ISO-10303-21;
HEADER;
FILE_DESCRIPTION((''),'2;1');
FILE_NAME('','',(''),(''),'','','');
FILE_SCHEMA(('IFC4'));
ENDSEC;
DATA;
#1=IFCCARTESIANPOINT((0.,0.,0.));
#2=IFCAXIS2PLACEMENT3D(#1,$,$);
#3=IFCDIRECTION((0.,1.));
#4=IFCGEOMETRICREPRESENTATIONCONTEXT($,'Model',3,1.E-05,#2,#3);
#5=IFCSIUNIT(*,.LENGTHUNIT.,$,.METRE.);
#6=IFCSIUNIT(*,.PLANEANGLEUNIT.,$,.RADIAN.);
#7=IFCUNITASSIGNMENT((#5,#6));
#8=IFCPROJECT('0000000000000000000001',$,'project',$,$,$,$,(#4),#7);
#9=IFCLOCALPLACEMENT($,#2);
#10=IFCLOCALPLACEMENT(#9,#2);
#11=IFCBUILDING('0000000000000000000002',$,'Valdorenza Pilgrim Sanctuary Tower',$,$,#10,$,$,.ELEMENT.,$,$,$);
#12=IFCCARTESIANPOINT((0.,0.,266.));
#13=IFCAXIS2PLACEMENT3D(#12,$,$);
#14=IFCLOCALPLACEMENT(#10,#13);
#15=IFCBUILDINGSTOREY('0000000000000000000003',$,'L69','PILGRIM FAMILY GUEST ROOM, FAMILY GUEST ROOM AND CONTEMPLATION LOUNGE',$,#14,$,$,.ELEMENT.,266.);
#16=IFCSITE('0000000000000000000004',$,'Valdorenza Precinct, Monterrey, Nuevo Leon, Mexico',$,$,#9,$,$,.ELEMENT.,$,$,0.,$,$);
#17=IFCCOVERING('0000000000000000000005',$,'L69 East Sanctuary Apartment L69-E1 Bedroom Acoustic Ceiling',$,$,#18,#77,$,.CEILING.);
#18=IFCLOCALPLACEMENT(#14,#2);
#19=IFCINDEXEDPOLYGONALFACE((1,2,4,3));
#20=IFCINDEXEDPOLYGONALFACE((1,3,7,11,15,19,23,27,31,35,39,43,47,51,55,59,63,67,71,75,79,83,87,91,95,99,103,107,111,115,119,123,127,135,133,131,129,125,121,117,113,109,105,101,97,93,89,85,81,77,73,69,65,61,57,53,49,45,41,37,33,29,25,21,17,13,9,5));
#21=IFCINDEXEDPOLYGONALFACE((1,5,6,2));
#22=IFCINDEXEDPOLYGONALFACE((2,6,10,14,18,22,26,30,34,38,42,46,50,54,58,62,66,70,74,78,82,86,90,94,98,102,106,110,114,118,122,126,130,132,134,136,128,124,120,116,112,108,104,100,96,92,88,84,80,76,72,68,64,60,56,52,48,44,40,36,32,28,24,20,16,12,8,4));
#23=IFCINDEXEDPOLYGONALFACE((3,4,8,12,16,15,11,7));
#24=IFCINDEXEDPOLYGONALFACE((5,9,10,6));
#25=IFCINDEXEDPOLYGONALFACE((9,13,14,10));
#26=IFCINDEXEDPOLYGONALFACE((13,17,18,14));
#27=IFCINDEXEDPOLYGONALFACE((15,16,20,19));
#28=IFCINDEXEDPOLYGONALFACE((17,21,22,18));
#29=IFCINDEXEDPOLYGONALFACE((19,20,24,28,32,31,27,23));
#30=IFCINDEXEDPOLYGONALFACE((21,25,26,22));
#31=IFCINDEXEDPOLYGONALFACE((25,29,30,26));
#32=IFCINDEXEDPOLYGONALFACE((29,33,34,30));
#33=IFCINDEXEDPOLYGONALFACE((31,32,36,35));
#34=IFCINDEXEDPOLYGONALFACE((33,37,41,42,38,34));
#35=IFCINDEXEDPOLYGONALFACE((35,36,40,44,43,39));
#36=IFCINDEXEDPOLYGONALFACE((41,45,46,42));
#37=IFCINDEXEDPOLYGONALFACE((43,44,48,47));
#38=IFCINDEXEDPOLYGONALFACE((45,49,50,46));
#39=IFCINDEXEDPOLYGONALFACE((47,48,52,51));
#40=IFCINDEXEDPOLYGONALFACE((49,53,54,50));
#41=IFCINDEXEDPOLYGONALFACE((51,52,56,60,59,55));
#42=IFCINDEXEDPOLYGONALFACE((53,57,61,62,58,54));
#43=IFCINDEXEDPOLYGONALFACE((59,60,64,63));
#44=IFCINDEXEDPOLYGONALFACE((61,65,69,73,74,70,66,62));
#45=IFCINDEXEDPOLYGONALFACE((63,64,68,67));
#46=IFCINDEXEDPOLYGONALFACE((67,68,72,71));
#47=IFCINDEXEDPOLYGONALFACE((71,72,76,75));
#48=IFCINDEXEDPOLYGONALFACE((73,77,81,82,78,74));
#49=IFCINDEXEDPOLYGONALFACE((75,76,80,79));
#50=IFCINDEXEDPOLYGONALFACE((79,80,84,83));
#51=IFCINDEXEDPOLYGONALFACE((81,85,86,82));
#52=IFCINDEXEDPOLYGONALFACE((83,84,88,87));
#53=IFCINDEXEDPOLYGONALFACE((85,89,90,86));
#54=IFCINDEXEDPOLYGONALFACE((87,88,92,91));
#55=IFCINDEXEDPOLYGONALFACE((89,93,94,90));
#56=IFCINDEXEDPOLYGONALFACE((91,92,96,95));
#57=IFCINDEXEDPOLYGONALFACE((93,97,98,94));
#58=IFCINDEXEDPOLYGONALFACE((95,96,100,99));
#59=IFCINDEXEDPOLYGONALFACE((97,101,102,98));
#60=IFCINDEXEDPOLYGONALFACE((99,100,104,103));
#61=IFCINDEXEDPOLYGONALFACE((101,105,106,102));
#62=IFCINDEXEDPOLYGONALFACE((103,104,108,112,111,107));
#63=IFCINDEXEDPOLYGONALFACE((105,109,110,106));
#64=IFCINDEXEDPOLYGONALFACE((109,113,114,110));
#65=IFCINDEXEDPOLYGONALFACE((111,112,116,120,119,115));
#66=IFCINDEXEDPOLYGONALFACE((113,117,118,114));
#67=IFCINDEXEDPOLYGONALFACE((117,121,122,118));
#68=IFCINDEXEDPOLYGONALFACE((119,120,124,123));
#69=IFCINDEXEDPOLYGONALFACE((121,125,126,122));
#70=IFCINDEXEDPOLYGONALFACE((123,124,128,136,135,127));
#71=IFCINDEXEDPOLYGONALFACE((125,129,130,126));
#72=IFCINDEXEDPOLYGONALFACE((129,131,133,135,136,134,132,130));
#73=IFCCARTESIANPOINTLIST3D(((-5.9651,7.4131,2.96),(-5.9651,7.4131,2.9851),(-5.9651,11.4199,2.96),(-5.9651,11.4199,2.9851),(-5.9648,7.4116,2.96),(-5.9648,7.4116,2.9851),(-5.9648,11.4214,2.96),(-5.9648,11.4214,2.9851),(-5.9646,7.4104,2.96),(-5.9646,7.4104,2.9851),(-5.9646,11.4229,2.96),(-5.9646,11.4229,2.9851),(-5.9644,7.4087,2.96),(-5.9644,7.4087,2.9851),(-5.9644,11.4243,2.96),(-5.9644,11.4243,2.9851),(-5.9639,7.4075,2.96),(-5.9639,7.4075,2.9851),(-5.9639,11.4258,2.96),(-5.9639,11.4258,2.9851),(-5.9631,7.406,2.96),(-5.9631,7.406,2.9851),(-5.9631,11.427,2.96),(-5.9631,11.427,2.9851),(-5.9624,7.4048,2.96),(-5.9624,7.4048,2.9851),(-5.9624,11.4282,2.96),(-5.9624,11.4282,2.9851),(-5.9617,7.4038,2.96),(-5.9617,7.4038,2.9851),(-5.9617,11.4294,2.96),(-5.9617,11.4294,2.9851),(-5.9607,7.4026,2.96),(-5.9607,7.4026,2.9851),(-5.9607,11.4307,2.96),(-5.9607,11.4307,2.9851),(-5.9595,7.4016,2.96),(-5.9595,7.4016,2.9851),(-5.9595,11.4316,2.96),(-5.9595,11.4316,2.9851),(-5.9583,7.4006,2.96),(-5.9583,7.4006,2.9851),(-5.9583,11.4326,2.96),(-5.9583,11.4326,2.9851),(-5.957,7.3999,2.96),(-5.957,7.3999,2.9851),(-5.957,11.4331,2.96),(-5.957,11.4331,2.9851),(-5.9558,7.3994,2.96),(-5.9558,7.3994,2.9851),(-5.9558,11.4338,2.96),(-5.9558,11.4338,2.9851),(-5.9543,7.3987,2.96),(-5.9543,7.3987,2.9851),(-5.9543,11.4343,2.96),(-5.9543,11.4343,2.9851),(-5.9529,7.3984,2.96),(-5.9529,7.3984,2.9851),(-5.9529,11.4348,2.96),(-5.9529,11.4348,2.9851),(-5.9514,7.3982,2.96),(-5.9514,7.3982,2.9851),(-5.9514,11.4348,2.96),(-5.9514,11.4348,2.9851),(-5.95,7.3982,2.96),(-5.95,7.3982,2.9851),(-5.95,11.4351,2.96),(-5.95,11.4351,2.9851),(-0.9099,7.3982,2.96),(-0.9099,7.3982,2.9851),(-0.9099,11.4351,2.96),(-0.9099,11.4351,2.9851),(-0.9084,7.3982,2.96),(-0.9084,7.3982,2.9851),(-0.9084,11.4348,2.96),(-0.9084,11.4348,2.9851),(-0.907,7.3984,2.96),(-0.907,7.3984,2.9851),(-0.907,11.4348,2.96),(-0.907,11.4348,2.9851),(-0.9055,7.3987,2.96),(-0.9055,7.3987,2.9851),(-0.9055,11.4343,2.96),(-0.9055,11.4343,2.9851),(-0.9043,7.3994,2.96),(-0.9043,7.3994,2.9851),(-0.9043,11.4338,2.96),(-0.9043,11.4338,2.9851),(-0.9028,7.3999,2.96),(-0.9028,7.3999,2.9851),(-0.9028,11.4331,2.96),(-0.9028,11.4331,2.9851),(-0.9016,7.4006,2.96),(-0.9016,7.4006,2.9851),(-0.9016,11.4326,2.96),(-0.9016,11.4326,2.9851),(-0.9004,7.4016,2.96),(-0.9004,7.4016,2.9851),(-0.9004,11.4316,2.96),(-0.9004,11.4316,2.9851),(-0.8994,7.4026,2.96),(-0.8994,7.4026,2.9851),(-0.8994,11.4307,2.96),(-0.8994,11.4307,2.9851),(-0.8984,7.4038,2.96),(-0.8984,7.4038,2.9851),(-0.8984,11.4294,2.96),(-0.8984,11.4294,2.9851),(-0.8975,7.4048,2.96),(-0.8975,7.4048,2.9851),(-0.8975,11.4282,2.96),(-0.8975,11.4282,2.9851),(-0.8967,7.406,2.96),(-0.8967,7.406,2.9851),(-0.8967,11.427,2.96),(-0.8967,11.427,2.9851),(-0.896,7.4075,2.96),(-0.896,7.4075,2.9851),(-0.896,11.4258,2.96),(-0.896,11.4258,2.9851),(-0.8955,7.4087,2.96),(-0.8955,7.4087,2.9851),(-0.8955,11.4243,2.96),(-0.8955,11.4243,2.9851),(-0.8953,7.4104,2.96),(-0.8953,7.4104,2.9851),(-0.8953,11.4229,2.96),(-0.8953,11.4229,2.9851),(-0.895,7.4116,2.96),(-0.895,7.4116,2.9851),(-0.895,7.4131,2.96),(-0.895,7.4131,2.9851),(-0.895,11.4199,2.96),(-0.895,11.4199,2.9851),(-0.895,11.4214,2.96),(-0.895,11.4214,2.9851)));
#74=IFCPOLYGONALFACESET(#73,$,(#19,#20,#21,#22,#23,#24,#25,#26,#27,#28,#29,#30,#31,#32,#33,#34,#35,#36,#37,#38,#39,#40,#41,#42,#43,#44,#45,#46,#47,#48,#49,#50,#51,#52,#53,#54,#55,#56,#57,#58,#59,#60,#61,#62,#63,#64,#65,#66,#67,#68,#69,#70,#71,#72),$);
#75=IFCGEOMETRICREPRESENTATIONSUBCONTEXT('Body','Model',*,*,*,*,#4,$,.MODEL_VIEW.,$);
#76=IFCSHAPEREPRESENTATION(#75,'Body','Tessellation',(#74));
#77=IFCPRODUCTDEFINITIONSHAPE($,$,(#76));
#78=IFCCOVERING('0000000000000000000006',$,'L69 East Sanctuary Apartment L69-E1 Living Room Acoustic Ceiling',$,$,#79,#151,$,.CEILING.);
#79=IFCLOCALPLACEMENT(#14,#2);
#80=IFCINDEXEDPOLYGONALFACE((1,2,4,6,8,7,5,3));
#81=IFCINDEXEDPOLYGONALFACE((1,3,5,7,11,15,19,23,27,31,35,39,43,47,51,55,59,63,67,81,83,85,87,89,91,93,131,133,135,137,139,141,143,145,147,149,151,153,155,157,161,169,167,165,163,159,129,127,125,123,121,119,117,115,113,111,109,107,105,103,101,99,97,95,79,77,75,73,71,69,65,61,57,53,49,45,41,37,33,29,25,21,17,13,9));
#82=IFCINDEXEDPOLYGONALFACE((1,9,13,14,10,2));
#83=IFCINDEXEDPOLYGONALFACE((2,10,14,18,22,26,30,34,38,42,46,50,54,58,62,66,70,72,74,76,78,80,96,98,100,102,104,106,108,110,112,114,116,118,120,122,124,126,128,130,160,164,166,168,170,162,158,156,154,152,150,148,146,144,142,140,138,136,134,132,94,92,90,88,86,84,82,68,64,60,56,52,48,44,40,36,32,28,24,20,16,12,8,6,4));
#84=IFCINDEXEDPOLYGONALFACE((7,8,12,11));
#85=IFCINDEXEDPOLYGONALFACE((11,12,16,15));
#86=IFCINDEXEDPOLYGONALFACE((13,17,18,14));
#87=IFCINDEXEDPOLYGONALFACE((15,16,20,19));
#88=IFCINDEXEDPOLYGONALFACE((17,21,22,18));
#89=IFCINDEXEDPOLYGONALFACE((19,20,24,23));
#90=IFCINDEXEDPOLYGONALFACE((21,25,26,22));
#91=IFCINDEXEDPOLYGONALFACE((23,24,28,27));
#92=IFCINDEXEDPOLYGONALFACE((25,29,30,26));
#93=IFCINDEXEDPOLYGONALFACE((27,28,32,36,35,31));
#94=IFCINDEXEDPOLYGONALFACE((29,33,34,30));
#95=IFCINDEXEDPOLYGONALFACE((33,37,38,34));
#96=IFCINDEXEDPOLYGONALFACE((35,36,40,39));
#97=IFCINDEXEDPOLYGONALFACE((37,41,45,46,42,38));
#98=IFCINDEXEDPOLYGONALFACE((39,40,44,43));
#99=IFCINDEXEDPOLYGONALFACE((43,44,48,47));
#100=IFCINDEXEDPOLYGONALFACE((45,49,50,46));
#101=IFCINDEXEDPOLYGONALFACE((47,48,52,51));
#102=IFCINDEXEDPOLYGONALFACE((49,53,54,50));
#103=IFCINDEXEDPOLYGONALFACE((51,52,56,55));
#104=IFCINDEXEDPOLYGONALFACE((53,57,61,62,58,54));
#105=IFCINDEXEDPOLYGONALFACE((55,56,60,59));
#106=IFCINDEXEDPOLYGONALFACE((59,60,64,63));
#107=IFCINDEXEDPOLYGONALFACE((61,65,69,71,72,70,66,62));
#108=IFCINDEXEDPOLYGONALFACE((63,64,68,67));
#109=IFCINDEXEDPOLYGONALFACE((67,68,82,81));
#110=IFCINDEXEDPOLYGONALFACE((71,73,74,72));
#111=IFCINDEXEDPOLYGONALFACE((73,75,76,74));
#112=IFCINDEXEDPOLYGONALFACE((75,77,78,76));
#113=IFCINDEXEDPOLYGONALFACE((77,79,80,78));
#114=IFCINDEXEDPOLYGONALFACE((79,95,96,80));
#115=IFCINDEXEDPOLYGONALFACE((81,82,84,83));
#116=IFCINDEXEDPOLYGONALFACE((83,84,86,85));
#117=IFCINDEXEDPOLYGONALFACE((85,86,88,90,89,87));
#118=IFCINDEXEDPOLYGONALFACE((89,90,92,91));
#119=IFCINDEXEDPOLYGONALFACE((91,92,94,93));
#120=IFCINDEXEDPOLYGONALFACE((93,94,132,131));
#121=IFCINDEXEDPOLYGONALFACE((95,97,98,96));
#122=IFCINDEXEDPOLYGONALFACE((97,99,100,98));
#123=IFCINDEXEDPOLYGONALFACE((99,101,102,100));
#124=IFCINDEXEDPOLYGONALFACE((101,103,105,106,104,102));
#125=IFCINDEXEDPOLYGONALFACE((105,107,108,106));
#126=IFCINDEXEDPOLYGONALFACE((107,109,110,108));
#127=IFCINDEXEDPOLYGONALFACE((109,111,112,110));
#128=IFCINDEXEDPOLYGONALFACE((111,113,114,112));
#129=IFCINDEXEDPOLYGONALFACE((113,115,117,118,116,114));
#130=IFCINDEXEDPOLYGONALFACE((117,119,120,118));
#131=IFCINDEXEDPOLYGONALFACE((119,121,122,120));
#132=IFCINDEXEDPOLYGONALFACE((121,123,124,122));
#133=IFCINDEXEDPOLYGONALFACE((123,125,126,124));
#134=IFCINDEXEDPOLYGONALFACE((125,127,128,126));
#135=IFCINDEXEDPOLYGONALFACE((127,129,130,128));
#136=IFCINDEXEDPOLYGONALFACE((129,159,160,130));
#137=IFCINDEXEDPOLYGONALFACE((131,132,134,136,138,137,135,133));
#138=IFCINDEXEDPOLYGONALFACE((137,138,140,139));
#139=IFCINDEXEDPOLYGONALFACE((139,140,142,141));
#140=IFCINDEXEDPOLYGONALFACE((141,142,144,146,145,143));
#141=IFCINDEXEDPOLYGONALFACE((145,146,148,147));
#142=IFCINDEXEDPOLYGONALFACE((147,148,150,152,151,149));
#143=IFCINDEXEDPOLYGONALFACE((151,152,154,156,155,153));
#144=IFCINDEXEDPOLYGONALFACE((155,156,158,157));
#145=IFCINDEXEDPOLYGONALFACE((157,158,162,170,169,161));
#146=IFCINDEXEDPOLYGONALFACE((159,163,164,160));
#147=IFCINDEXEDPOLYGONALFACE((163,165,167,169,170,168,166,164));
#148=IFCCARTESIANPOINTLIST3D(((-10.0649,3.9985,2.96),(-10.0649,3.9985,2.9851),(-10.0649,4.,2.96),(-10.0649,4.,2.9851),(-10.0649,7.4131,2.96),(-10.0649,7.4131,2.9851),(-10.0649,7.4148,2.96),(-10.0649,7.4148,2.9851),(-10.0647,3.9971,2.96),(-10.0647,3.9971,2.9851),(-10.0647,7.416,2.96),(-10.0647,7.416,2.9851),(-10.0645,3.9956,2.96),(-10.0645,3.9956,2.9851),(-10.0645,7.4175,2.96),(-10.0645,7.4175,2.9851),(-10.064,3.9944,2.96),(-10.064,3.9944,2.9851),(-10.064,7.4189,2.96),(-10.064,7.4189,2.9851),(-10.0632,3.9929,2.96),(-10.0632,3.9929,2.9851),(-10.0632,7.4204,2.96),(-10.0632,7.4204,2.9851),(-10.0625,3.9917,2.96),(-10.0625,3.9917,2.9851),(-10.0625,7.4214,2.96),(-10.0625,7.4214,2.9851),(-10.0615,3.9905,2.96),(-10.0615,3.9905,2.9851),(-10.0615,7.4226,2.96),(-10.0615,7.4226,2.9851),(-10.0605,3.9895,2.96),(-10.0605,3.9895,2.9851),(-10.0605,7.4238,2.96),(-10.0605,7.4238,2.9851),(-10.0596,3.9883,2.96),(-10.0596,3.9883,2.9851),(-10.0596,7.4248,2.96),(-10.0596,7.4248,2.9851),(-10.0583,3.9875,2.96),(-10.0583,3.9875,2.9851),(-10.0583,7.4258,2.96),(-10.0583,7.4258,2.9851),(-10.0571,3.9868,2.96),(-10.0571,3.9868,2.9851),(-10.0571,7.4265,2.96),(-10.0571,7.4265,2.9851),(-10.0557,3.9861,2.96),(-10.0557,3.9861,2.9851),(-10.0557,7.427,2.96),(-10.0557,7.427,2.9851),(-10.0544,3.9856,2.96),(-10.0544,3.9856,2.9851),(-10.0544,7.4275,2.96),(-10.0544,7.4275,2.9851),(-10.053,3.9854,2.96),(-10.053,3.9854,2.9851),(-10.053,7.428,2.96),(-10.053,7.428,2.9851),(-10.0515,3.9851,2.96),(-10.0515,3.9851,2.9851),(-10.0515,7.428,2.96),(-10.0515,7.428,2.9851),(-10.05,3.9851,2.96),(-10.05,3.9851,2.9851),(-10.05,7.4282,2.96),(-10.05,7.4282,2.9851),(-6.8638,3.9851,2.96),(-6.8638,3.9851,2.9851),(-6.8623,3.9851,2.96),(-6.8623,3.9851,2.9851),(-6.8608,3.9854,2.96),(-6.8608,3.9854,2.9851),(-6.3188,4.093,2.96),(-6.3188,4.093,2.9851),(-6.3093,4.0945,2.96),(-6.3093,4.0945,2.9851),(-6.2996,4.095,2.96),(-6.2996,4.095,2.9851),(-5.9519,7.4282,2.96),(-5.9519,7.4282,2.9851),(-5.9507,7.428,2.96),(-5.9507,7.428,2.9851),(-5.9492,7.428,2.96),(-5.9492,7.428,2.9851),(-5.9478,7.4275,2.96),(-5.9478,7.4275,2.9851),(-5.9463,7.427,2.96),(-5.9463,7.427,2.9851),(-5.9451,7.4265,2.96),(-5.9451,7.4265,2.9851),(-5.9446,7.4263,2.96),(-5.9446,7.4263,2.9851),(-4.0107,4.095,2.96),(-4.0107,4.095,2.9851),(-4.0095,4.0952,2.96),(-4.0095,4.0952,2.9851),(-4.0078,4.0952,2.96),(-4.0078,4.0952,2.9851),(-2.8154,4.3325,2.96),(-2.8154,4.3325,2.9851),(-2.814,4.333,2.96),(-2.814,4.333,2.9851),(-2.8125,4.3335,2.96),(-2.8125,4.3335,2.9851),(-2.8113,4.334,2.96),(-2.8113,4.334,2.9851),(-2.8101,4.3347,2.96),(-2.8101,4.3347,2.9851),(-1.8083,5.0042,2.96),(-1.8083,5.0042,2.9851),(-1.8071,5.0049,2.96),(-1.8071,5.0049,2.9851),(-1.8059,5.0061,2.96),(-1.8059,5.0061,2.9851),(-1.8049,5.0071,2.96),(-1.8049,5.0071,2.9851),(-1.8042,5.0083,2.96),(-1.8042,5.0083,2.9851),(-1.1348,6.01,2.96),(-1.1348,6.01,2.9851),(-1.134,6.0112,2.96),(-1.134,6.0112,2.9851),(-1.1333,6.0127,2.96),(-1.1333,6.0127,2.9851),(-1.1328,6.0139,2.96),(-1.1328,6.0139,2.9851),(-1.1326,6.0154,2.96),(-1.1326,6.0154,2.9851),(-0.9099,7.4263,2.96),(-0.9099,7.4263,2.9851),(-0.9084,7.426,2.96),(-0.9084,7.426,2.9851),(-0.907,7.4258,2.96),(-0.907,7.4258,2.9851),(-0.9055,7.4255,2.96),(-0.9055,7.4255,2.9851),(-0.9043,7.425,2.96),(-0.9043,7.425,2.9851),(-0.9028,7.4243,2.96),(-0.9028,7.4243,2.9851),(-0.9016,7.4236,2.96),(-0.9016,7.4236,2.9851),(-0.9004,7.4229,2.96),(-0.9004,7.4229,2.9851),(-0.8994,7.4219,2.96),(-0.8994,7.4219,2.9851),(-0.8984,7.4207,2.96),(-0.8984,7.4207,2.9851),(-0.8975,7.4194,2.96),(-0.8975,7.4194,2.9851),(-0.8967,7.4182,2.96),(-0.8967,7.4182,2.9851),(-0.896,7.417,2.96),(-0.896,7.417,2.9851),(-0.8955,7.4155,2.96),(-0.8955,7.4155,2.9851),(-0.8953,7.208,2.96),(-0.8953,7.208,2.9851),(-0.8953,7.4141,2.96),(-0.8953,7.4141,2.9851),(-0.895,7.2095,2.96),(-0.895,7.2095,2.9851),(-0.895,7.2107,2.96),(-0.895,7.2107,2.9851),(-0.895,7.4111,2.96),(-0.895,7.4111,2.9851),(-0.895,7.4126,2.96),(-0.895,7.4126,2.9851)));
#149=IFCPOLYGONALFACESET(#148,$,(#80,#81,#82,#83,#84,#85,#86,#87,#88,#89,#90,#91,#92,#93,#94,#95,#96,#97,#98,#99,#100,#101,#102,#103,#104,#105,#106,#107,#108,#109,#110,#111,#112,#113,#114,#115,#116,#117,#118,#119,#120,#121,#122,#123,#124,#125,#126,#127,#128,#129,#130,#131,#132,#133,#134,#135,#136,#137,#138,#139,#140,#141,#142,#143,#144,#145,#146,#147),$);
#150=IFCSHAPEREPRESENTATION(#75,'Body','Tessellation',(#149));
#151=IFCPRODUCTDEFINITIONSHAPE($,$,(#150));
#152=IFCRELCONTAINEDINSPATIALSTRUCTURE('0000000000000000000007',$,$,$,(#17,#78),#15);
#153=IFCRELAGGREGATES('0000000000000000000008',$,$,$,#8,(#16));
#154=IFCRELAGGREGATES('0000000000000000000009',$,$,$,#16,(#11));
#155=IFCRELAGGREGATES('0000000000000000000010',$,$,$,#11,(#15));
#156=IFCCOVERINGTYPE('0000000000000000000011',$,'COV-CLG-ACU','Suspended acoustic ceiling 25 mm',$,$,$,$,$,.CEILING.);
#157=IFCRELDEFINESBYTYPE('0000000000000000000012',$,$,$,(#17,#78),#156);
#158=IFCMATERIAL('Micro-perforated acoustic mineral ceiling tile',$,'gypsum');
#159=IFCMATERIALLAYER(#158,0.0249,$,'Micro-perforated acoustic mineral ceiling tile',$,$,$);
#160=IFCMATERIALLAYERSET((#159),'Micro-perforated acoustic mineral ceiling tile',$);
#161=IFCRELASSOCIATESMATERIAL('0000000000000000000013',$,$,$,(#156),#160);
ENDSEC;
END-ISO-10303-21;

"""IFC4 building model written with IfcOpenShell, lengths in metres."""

from ifc_helpers import new_model, si_unit, direction, frame, origin, place, context, subcontext, project, spatial, polyline, outline, extrude, material, layer, layer_set, type_object, element, save


model = new_model("IFC4")

# Units and contexts
model_context = context("Model", 3, precision=1e-05, world=origin(), true_north=direction((0.0, 1.0)))
body_context = subcontext(model_context, "Body", "Model", "MODEL_VIEW")
ifc_project = project(units=[si_unit("LENGTHUNIT", "METRE"), si_unit("PLANEANGLEUNIT", "RADIAN")], contexts=[model_context])

# Site, building, storey
site_placement = place(None, origin())
site = spatial("IfcSite", under=ifc_project, at=site_placement, Name="Valdorenza Precinct, Monterrey, Nuevo Leon, Mexico", CompositionType="ELEMENT", RefElevation=0.0)
building_placement = place(site_placement, origin())
building = spatial("IfcBuilding", under=site, at=building_placement, Name="Valdorenza Pilgrim Sanctuary Tower", CompositionType="ELEMENT")
storey_placement = place(building_placement, frame((0.0, 0.0, 266.0)))
storey = spatial("IfcBuildingStorey", under=building, at=storey_placement, Name="L69", Description="PILGRIM FAMILY GUEST ROOM, FAMILY GUEST ROOM AND CONTEMPLATION LOUNGE", CompositionType="ELEMENT", Elevation=266.0)

# Coverings
ifc_material_1 = material(Name="Micro-perforated acoustic mineral ceiling tile", Category="gypsum")
ifc_layer_1 = layer(ifc_material_1, 0.0249, Name="Micro-perforated acoustic mineral ceiling tile")
ifc_layer_set_1 = layer_set([ifc_layer_1], Name="Micro-perforated acoustic mineral ceiling tile")
covering_type_1 = type_object("IfcCoveringType", Name="COV-CLG-ACU", Description="Suspended acoustic ceiling 25 mm", PredefinedType="CEILING", material=ifc_layer_set_1)
covering_1_placement = place(storey_placement, frame((0.0, 0.0, 2.96)))
element("IfcCovering", 1, at=covering_1_placement, inside=storey, type_object=covering_type_1, Name="L69 East Sanctuary Apartment L69-E1 Bedroom Acoustic Ceiling", PredefinedType="CEILING", context=body_context, shape_type="SweptSolid", body=[
    extrude(outline(polyline([(-5.9651, 11.4199), (-5.9648, 11.4214), (-5.9646, 11.4229), (-5.9644, 11.4243), (-5.9639, 11.4258), (-5.9631, 11.427), (-5.9624, 11.4282), (-5.9617, 11.4294), (-5.9607, 11.4307), (-5.9595, 11.4316), (-5.9583, 11.4326), (-5.957, 11.4331), (-5.9558, 11.4338), (-5.9543, 11.4343), (-5.9529, 11.4348), (-5.9514, 11.4348), (-5.95, 11.4351), (-0.9099, 11.4351), (-0.9084, 11.4348), (-0.907, 11.4348), (-0.9055, 11.4343), (-0.9043, 11.4338), (-0.9028, 11.4331), (-0.9016, 11.4326), (-0.9004, 11.4316), (-0.8994, 11.4307), (-0.8984, 11.4294), (-0.8975, 11.4282), (-0.8967, 11.427), (-0.896, 11.4258), (-0.8955, 11.4243), (-0.8953, 11.4229), (-0.895, 11.4214), (-0.895, 11.4199), (-0.895, 7.4131), (-0.895, 7.4116), (-0.8953, 7.4104), (-0.8955, 7.4087), (-0.896, 7.4075), (-0.8967, 7.406), (-0.8975, 7.4048), (-0.8984, 7.4038), (-0.8994, 7.4026), (-0.9004, 7.4016), (-0.9016, 7.4006), (-0.9028, 7.3999), (-0.9043, 7.3994), (-0.9055, 7.3987), (-0.907, 7.3984), (-0.9084, 7.3982), (-0.9099, 7.3982), (-5.95, 7.3982), (-5.9514, 7.3982), (-5.9529, 7.3984), (-5.9543, 7.3987), (-5.9558, 7.3994), (-5.957, 7.3999), (-5.9583, 7.4006), (-5.9595, 7.4016), (-5.9607, 7.4026), (-5.9617, 7.4038), (-5.9624, 7.4048), (-5.9631, 7.406), (-5.9639, 7.4075), (-5.9644, 7.4087), (-5.9646, 7.4104), (-5.9648, 7.4116), (-5.9651, 7.4131), (-5.9651, 11.4199)])), origin(), (0.0, 0.0, 1.0), 0.0251),
])
covering_2_placement = place(storey_placement, frame((0.0, 0.0, 2.96)))
element("IfcCovering", 2, at=covering_2_placement, inside=storey, type_object=covering_type_1, Name="L69 East Sanctuary Apartment L69-E1 Living Room Acoustic Ceiling", PredefinedType="CEILING", context=body_context, shape_type="SweptSolid", body=[
    extrude(outline(polyline([(-10.0649, 7.4131), (-10.0649, 7.4148), (-10.0647, 7.416), (-10.0645, 7.4175), (-10.064, 7.4189), (-10.0632, 7.4204), (-10.0625, 7.4214), (-10.0615, 7.4226), (-10.0605, 7.4238), (-10.0596, 7.4248), (-10.0583, 7.4258), (-10.0571, 7.4265), (-10.0557, 7.427), (-10.0544, 7.4275), (-10.053, 7.428), (-10.0515, 7.428), (-10.05, 7.4282), (-5.9519, 7.4282), (-5.9507, 7.428), (-5.9492, 7.428), (-5.9478, 7.4275), (-5.9463, 7.427), (-5.9451, 7.4265), (-5.9446, 7.4263), (-0.9099, 7.4263), (-0.9084, 7.426), (-0.907, 7.4258), (-0.9055, 7.4255), (-0.9043, 7.425), (-0.9028, 7.4243), (-0.9016, 7.4236), (-0.9004, 7.4229), (-0.8994, 7.4219), (-0.8984, 7.4207), (-0.8975, 7.4194), (-0.8967, 7.4182), (-0.896, 7.417), (-0.8955, 7.4155), (-0.8953, 7.4141), (-0.895, 7.4126), (-0.895, 7.4111), (-0.895, 7.2107), (-0.895, 7.2095), (-0.8953, 7.208), (-1.1326, 6.0154), (-1.1328, 6.0139), (-1.1333, 6.0127), (-1.134, 6.0112), (-1.1348, 6.01), (-1.8042, 5.0083), (-1.8049, 5.0071), (-1.8059, 5.0061), (-1.8071, 5.0049), (-1.8083, 5.0042), (-2.8101, 4.3347), (-2.8113, 4.334), (-2.8125, 4.3335), (-2.814, 4.333), (-2.8154, 4.3325), (-4.0078, 4.0952), (-4.0095, 4.0952), (-4.0107, 4.095), (-6.2996, 4.095), (-6.3093, 4.0945), (-6.3188, 4.093), (-6.8608, 3.9854), (-6.8623, 3.9851), (-6.8638, 3.9851), (-10.05, 3.9851), (-10.0515, 3.9851), (-10.053, 3.9854), (-10.0544, 3.9856), (-10.0557, 3.9861), (-10.0571, 3.9868), (-10.0583, 3.9875), (-10.0596, 3.9883), (-10.0605, 3.9895), (-10.0615, 3.9905), (-10.0625, 3.9917), (-10.0632, 3.9929), (-10.064, 3.9944), (-10.0645, 3.9956), (-10.0647, 3.9971), (-10.0649, 3.9985), (-10.0649, 4.0), (-10.0649, 7.4131)])), origin(), (0.0, 0.0, 1.0), 0.0251),
])

save(model, "model.ifc")
